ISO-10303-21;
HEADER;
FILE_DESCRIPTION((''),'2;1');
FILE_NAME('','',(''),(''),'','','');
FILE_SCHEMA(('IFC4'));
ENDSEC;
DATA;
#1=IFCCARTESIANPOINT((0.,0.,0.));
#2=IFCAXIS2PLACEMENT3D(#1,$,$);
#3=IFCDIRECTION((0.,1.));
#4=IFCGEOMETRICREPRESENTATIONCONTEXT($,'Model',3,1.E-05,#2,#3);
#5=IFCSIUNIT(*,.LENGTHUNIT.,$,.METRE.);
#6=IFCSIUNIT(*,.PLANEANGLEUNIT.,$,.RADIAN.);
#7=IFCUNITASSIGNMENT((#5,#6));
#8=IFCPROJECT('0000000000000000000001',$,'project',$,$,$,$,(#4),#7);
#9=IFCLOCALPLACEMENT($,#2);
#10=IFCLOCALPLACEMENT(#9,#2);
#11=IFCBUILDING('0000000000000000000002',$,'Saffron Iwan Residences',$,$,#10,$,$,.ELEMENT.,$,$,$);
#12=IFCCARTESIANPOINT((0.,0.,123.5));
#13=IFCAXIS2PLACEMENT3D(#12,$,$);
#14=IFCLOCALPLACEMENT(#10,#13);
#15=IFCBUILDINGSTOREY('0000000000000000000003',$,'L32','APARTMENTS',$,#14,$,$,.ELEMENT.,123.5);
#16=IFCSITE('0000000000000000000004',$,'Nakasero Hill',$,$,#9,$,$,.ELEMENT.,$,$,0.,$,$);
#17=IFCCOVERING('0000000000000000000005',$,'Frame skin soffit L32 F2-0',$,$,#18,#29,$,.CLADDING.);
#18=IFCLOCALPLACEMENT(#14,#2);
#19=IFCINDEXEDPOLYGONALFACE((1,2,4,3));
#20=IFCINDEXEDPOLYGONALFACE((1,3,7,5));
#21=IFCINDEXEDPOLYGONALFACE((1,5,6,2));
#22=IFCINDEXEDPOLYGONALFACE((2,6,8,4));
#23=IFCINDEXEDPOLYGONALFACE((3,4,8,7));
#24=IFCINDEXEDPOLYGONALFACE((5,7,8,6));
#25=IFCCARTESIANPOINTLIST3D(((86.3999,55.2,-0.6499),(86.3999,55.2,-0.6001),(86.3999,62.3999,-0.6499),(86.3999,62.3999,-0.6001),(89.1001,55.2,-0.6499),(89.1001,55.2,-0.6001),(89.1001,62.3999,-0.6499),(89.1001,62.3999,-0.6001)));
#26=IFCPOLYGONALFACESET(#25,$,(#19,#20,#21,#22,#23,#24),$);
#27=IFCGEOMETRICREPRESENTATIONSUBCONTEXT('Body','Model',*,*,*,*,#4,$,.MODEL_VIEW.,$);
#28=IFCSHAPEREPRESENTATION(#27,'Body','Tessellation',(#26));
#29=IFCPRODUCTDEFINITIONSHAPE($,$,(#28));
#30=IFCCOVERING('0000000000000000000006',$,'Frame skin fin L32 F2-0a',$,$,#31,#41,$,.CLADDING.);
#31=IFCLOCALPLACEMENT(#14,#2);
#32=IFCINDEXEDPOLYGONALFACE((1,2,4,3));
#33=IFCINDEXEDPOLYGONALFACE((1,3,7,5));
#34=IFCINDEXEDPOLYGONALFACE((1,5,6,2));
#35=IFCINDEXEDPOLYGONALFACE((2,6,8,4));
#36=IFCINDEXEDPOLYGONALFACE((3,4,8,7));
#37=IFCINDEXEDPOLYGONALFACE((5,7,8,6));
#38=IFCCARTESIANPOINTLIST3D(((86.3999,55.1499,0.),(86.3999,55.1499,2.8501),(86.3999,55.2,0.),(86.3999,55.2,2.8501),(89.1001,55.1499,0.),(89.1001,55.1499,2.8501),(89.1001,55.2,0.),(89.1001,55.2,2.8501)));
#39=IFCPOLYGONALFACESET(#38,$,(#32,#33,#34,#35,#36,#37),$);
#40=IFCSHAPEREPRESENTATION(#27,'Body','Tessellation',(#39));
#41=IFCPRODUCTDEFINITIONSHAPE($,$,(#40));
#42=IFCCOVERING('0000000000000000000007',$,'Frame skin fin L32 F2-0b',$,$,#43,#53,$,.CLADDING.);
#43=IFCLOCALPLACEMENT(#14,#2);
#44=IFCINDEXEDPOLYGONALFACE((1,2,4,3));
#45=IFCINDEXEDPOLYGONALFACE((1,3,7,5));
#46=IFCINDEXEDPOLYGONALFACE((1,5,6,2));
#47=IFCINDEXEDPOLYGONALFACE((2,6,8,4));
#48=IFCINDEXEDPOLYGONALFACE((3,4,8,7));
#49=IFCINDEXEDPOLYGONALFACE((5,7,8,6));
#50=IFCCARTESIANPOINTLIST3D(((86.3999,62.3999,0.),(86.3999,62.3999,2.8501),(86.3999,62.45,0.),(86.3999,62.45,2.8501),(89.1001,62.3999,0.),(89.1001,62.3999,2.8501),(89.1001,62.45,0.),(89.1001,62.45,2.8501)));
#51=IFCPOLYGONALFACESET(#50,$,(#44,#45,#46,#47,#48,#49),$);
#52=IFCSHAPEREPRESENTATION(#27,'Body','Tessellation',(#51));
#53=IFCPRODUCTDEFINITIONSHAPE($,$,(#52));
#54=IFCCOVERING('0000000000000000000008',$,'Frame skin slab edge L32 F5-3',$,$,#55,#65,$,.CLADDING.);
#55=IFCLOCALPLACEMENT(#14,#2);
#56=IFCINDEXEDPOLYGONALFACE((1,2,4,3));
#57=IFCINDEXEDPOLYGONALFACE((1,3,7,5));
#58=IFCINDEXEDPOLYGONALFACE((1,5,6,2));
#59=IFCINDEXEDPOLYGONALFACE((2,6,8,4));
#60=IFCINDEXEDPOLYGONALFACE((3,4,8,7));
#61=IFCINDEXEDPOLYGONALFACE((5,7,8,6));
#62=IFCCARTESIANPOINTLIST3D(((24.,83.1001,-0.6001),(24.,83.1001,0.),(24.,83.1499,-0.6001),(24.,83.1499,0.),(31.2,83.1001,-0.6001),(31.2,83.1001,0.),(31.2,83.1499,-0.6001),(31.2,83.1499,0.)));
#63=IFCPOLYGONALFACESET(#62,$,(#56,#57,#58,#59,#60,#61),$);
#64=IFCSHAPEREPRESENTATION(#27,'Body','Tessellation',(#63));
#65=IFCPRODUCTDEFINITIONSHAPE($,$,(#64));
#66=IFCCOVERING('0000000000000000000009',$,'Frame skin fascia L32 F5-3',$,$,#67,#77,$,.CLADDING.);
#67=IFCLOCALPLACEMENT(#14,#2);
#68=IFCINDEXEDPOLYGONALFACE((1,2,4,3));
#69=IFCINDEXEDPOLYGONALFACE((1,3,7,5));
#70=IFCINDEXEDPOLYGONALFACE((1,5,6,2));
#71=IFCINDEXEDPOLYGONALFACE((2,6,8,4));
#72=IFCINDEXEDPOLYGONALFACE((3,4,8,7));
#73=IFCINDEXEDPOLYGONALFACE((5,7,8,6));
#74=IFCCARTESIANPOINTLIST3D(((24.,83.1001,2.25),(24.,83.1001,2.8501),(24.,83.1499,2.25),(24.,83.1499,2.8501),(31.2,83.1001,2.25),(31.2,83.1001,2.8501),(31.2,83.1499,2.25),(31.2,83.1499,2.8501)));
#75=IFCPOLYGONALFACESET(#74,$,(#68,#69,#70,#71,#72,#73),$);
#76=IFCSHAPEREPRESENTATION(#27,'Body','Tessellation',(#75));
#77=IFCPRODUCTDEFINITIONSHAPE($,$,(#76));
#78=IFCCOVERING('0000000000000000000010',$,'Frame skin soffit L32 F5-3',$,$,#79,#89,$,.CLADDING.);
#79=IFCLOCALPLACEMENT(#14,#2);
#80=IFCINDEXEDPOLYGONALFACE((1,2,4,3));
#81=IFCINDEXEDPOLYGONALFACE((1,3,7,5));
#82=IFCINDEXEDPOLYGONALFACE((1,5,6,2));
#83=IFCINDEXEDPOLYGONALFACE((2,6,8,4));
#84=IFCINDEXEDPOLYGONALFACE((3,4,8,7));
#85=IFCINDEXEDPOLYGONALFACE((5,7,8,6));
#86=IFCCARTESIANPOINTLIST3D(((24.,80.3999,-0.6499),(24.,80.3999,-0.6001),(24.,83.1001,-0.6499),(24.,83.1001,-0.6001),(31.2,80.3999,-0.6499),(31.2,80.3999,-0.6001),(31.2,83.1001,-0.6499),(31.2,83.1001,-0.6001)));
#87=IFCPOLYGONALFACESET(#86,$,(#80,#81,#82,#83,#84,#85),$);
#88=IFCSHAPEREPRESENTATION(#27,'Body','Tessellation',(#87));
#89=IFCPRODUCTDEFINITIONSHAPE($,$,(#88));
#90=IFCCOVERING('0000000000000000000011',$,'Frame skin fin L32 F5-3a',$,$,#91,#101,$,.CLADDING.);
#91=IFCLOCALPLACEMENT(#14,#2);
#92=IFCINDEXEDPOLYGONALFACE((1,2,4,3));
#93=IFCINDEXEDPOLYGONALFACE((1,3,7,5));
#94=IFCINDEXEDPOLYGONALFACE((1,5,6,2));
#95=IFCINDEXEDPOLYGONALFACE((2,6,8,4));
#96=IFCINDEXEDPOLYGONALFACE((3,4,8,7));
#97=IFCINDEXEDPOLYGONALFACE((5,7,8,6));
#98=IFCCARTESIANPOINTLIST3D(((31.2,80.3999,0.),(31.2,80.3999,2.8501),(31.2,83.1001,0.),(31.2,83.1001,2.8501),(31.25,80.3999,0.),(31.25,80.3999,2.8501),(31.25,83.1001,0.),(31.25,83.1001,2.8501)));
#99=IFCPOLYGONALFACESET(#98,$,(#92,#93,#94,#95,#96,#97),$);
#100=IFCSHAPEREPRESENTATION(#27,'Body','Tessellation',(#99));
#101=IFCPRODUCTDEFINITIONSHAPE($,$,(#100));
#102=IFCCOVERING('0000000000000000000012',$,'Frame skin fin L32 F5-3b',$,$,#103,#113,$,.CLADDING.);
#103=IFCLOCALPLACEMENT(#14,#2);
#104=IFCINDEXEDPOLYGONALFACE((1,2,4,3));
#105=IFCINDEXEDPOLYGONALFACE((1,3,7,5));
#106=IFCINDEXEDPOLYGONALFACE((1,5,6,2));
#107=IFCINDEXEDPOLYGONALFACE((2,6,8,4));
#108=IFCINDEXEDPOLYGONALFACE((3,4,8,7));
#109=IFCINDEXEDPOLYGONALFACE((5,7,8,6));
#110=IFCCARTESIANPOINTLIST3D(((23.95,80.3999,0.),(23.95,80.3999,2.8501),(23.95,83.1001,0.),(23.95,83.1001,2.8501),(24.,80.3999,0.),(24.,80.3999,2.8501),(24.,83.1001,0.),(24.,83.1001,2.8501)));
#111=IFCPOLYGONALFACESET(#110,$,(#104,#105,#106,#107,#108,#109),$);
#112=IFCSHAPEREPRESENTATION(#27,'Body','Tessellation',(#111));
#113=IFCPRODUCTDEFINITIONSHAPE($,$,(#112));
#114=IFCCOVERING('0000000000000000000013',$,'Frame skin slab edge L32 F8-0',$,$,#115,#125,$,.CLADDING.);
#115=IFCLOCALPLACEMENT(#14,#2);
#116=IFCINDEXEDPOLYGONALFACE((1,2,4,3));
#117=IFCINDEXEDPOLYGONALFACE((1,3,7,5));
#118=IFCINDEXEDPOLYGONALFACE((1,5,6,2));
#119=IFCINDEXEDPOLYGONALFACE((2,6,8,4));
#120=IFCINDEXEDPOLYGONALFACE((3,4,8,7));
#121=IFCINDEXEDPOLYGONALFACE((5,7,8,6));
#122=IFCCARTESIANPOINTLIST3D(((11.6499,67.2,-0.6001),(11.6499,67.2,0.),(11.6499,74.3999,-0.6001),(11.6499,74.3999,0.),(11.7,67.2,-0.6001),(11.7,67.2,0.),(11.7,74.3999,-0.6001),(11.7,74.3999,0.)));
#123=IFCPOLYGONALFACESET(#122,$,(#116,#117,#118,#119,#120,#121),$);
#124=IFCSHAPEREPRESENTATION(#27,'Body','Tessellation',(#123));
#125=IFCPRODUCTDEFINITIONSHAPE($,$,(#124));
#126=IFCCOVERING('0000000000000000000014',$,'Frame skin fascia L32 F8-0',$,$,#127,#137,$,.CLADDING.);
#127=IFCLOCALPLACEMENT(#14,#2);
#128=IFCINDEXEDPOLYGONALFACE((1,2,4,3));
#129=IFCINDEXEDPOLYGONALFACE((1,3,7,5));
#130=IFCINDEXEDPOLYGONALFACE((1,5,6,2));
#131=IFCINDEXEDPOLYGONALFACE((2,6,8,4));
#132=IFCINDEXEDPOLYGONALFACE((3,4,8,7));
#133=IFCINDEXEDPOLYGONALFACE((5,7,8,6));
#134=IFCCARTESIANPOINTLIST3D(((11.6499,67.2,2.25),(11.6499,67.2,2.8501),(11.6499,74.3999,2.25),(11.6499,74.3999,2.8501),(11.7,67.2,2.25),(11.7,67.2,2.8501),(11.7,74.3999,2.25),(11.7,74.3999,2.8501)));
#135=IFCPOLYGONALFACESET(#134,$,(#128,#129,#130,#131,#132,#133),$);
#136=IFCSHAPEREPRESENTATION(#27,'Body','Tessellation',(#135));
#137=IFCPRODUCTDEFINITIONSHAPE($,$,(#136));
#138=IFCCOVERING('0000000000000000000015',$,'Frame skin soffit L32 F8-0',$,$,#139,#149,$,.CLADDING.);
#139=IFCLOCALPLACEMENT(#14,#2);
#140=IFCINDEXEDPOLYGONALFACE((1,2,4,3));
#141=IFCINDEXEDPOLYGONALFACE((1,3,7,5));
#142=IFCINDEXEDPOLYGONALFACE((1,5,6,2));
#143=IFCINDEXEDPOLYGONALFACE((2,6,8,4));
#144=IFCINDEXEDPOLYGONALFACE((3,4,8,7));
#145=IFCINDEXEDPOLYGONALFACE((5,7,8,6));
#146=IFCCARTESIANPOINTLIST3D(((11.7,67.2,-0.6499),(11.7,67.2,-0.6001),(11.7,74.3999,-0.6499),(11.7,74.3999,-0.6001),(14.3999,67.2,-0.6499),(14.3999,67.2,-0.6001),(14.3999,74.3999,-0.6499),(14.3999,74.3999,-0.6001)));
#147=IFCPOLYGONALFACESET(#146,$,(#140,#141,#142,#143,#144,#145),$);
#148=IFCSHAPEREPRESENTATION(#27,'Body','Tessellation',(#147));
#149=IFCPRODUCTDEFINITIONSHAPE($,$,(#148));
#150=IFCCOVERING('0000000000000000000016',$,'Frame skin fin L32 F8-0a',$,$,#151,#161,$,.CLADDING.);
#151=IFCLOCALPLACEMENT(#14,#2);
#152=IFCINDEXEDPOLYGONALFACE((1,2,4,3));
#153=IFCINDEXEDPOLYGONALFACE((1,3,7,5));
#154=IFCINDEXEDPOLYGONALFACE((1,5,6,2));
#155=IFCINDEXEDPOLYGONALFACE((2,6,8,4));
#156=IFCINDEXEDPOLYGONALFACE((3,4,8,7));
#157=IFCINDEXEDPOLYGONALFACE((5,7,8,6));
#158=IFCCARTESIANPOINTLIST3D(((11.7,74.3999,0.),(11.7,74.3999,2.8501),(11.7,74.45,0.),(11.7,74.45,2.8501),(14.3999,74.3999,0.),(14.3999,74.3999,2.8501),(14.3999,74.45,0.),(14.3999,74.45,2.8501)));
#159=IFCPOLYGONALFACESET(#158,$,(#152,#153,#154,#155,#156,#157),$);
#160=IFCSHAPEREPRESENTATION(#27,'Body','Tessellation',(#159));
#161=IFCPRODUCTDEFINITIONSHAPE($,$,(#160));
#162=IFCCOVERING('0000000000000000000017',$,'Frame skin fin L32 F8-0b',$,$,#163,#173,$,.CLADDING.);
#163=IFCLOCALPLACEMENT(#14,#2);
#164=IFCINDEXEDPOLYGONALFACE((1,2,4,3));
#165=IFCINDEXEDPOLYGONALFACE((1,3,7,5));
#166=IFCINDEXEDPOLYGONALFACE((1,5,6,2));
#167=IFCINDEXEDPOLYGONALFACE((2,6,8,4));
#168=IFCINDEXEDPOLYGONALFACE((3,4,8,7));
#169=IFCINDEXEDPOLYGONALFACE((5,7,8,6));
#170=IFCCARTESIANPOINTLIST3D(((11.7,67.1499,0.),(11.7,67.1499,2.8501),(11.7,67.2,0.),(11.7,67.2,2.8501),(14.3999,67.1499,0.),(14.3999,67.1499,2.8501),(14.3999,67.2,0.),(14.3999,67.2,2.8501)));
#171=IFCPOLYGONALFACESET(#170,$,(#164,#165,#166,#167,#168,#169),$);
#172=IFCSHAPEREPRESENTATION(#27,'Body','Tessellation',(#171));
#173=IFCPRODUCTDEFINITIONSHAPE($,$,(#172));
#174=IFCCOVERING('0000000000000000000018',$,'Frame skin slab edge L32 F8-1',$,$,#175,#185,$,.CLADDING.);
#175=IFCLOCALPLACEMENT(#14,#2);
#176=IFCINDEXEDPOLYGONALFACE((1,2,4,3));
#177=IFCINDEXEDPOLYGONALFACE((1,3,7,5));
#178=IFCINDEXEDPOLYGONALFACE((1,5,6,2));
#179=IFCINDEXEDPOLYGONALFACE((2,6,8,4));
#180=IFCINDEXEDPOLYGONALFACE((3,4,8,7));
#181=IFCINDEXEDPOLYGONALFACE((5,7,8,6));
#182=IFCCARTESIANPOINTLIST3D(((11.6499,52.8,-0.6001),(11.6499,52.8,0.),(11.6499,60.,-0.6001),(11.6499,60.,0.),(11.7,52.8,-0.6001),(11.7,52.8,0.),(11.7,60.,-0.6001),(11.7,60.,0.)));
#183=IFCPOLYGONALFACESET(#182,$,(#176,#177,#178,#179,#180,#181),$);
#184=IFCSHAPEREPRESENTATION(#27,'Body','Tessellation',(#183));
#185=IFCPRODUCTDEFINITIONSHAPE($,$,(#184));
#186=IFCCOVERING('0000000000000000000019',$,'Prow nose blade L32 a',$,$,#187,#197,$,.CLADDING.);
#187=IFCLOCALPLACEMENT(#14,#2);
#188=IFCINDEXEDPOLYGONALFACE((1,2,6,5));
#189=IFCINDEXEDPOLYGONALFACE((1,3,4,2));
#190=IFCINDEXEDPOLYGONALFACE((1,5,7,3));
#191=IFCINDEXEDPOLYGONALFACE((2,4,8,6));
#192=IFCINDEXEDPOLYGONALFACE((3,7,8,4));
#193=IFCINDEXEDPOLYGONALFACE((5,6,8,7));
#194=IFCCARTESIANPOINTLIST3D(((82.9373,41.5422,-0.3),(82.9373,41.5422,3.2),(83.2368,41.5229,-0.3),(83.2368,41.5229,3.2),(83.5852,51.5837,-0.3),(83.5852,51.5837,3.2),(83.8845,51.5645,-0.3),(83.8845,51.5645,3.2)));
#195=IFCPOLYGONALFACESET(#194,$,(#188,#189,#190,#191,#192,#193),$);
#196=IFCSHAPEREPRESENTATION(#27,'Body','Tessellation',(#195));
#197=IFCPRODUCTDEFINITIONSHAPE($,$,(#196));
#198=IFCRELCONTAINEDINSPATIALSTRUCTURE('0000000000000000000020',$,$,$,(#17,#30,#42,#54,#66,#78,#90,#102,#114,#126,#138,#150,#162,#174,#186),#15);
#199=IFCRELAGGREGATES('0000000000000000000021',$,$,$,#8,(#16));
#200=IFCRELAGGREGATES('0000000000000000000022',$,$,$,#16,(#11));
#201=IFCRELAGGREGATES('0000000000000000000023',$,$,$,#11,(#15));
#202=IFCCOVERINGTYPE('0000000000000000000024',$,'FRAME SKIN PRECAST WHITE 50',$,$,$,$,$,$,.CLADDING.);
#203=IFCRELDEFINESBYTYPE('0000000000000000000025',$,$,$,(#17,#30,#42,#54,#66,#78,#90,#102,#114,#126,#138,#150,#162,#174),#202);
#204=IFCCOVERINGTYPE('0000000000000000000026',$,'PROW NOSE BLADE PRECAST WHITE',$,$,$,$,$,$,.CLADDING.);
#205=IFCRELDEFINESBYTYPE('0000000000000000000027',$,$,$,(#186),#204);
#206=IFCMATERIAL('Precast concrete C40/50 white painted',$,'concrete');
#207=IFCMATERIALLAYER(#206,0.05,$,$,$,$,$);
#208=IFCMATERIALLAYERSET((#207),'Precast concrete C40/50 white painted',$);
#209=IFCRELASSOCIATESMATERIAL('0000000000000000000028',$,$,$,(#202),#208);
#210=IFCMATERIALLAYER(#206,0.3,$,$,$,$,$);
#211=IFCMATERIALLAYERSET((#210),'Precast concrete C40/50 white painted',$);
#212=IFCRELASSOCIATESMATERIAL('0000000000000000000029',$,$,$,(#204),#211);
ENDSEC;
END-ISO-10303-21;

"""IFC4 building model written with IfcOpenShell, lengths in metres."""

from ifc_helpers import new_model, si_unit, direction, frame, origin, place, context, subcontext, project, spatial, polyline, outline, extrude, material, layer, layer_set, type_object, element, save


model = new_model("IFC4")

# Units and contexts
model_context = context("Model", 3, precision=1e-05, world=origin(), true_north=direction((0.0, 1.0)))
body_context = subcontext(model_context, "Body", "Model", "MODEL_VIEW")
ifc_project = project(units=[si_unit("LENGTHUNIT", "METRE"), si_unit("PLANEANGLEUNIT", "RADIAN")], contexts=[model_context])

# Site, building, storey
site_placement = place(None, origin())
site = spatial("IfcSite", under=ifc_project, at=site_placement, Name="Nakasero Hill", CompositionType="ELEMENT", RefElevation=0.0)
building_placement = place(site_placement, origin())
building = spatial("IfcBuilding", under=site, at=building_placement, Name="Saffron Iwan Residences", CompositionType="ELEMENT")
storey_placement = place(building_placement, frame((0.0, 0.0, 123.5)))
storey = spatial("IfcBuildingStorey", under=building, at=storey_placement, Name="L32", Description="APARTMENTS", CompositionType="ELEMENT", Elevation=123.5)

# Coverings
ifc_material_1 = material(Name="Precast concrete C40/50 white painted", Category="concrete")
ifc_layer_1 = layer(ifc_material_1, 0.05)
ifc_layer_set_1 = layer_set([ifc_layer_1], Name="Precast concrete C40/50 white painted")
covering_type_1 = type_object("IfcCoveringType", Name="FRAME SKIN PRECAST WHITE 50", PredefinedType="CLADDING", material=ifc_layer_set_1)
covering_1_placement = place(storey_placement, frame((0.0, 0.0, -0.6499)))
element("IfcCovering", 1, at=covering_1_placement, inside=storey, type_object=covering_type_1, Name="Frame skin soffit L32 F2-0", PredefinedType="CLADDING", context=body_context, shape_type="SweptSolid", body=[
    extrude(outline(polyline([(89.1001, 55.2), (89.1001, 62.3999), (86.3999, 62.3999), (86.3999, 55.2), (89.1001, 55.2)])), origin(), (0.0, 0.0, 1.0), 0.0498),
])
covering_2_placement = place(storey_placement, origin())
element("IfcCovering", 2, at=covering_2_placement, inside=storey, type_object=covering_type_1, Name="Frame skin fin L32 F2-0a", PredefinedType="CLADDING", context=body_context, shape_type="SweptSolid", body=[
    extrude(outline(polyline([(89.1001, 55.1499), (89.1001, 55.2), (86.3999, 55.2), (86.3999, 55.1499), (89.1001, 55.1499)])), origin(), (0.0, 0.0, 1.0), 2.8501),
])
covering_3_placement = place(storey_placement, origin())
element("IfcCovering", 3, at=covering_3_placement, inside=storey, type_object=covering_type_1, Name="Frame skin fin L32 F2-0b", PredefinedType="CLADDING", context=body_context, shape_type="SweptSolid", body=[
    extrude(outline(polyline([(89.1001, 62.3999), (89.1001, 62.45), (86.3999, 62.45), (86.3999, 62.3999), (89.1001, 62.3999)])), origin(), (0.0, 0.0, 1.0), 2.8501),
])
for number, where, name in (
    (4, (0.0, 0.0, -0.6001), "Frame skin slab edge L32 F5-3"),
    (5, (0.0, 0.0, 2.25), "Frame skin fascia L32 F5-3"),
):
    element("IfcCovering", number, at=place(storey_placement, frame(where)), inside=storey, type_object=covering_type_1, Name=name, PredefinedType="CLADDING", context=body_context, shape_type="SweptSolid", body=[
        extrude(outline(polyline([(31.2, 83.1499), (24.0, 83.1499), (24.0, 83.1001), (31.2, 83.1001), (31.2, 83.1499)])), origin(), (0.0, 0.0, 1.0), 0.6001),
    ])
covering_4_placement = place(storey_placement, frame((0.0, 0.0, -0.6499)))
element("IfcCovering", 6, at=covering_4_placement, inside=storey, type_object=covering_type_1, Name="Frame skin soffit L32 F5-3", PredefinedType="CLADDING", context=body_context, shape_type="SweptSolid", body=[
    extrude(outline(polyline([(31.2, 83.1001), (24.0, 83.1001), (24.0, 80.3999), (31.2, 80.3999), (31.2, 83.1001)])), origin(), (0.0, 0.0, 1.0), 0.0498),
])
covering_5_placement = place(storey_placement, origin())
element("IfcCovering", 7, at=covering_5_placement, inside=storey, type_object=covering_type_1, Name="Frame skin fin L32 F5-3a", PredefinedType="CLADDING", context=body_context, shape_type="SweptSolid", body=[
    extrude(outline(polyline([(31.25, 83.1001), (31.2, 83.1001), (31.2, 80.3999), (31.25, 80.3999), (31.25, 83.1001)])), origin(), (0.0, 0.0, 1.0), 2.8501),
])
covering_6_placement = place(storey_placement, origin())
element("IfcCovering", 8, at=covering_6_placement, inside=storey, type_object=covering_type_1, Name="Frame skin fin L32 F5-3b", PredefinedType="CLADDING", context=body_context, shape_type="SweptSolid", body=[
    extrude(outline(polyline([(24.0, 83.1001), (23.95, 83.1001), (23.95, 80.3999), (24.0, 80.3999), (24.0, 83.1001)])), origin(), (0.0, 0.0, 1.0), 2.8501),
])
for number, where, name in (
    (9, (0.0, 0.0, -0.6001), "Frame skin slab edge L32 F8-0"),
    (10, (0.0, 0.0, 2.25), "Frame skin fascia L32 F8-0"),
):
    element("IfcCovering", number, at=place(storey_placement, frame(where)), inside=storey, type_object=covering_type_1, Name=name, PredefinedType="CLADDING", context=body_context, shape_type="SweptSolid", body=[
        extrude(outline(polyline([(11.6499, 74.3999), (11.6499, 67.2), (11.7, 67.2), (11.7, 74.3999), (11.6499, 74.3999)])), origin(), (0.0, 0.0, 1.0), 0.6001),
    ])
covering_7_placement = place(storey_placement, frame((0.0, 0.0, -0.6499)))
element("IfcCovering", 11, at=covering_7_placement, inside=storey, type_object=covering_type_1, Name="Frame skin soffit L32 F8-0", PredefinedType="CLADDING", context=body_context, shape_type="SweptSolid", body=[
    extrude(outline(polyline([(11.7, 74.3999), (11.7, 67.2), (14.3999, 67.2), (14.3999, 74.3999), (11.7, 74.3999)])), origin(), (0.0, 0.0, 1.0), 0.0498),
])
covering_8_placement = place(storey_placement, origin())
element("IfcCovering", 12, at=covering_8_placement, inside=storey, type_object=covering_type_1, Name="Frame skin fin L32 F8-0a", PredefinedType="CLADDING", context=body_context, shape_type="SweptSolid", body=[
    extrude(outline(polyline([(11.7, 74.45), (11.7, 74.3999), (14.3999, 74.3999), (14.3999, 74.45), (11.7, 74.45)])), origin(), (0.0, 0.0, 1.0), 2.8501),
])
covering_9_placement = place(storey_placement, origin())
element("IfcCovering", 13, at=covering_9_placement, inside=storey, type_object=covering_type_1, Name="Frame skin fin L32 F8-0b", PredefinedType="CLADDING", context=body_context, shape_type="SweptSolid", body=[
    extrude(outline(polyline([(11.7, 67.2), (11.7, 67.1499), (14.3999, 67.1499), (14.3999, 67.2), (11.7, 67.2)])), origin(), (0.0, 0.0, 1.0), 2.8501),
])
covering_10_placement = place(storey_placement, frame((0.0, 0.0, -0.6001)))
element("IfcCovering", 14, at=covering_10_placement, inside=storey, type_object=covering_type_1, Name="Frame skin slab edge L32 F8-1", PredefinedType="CLADDING", context=body_context, shape_type="SweptSolid", body=[
    extrude(outline(polyline([(11.6499, 60.0), (11.6499, 52.8), (11.7, 52.8), (11.7, 60.0), (11.6499, 60.0)])), origin(), (0.0, 0.0, 1.0), 0.6001),
])
ifc_layer_2 = layer(ifc_material_1, 0.3)
ifc_layer_set_2 = layer_set([ifc_layer_2], Name="Precast concrete C40/50 white painted")
covering_type_2 = type_object("IfcCoveringType", Name="PROW NOSE BLADE PRECAST WHITE", PredefinedType="CLADDING", material=ifc_layer_set_2)
covering_11_placement = place(storey_placement, frame((0.0, 0.0, -0.3)))
element("IfcCovering", 15, at=covering_11_placement, inside=storey, type_object=covering_type_2, Name="Prow nose blade L32 a", PredefinedType="CLADDING", context=body_context, shape_type="SweptSolid", body=[
    extrude(outline(polyline([(83.2368, 41.5229), (83.8845, 51.5645), (83.5852, 51.5837), (82.9373, 41.5422), (83.2368, 41.5229)])), origin(), (0.0, 0.0, 1.0), 3.5),
])

save(model, "model.ifc")
